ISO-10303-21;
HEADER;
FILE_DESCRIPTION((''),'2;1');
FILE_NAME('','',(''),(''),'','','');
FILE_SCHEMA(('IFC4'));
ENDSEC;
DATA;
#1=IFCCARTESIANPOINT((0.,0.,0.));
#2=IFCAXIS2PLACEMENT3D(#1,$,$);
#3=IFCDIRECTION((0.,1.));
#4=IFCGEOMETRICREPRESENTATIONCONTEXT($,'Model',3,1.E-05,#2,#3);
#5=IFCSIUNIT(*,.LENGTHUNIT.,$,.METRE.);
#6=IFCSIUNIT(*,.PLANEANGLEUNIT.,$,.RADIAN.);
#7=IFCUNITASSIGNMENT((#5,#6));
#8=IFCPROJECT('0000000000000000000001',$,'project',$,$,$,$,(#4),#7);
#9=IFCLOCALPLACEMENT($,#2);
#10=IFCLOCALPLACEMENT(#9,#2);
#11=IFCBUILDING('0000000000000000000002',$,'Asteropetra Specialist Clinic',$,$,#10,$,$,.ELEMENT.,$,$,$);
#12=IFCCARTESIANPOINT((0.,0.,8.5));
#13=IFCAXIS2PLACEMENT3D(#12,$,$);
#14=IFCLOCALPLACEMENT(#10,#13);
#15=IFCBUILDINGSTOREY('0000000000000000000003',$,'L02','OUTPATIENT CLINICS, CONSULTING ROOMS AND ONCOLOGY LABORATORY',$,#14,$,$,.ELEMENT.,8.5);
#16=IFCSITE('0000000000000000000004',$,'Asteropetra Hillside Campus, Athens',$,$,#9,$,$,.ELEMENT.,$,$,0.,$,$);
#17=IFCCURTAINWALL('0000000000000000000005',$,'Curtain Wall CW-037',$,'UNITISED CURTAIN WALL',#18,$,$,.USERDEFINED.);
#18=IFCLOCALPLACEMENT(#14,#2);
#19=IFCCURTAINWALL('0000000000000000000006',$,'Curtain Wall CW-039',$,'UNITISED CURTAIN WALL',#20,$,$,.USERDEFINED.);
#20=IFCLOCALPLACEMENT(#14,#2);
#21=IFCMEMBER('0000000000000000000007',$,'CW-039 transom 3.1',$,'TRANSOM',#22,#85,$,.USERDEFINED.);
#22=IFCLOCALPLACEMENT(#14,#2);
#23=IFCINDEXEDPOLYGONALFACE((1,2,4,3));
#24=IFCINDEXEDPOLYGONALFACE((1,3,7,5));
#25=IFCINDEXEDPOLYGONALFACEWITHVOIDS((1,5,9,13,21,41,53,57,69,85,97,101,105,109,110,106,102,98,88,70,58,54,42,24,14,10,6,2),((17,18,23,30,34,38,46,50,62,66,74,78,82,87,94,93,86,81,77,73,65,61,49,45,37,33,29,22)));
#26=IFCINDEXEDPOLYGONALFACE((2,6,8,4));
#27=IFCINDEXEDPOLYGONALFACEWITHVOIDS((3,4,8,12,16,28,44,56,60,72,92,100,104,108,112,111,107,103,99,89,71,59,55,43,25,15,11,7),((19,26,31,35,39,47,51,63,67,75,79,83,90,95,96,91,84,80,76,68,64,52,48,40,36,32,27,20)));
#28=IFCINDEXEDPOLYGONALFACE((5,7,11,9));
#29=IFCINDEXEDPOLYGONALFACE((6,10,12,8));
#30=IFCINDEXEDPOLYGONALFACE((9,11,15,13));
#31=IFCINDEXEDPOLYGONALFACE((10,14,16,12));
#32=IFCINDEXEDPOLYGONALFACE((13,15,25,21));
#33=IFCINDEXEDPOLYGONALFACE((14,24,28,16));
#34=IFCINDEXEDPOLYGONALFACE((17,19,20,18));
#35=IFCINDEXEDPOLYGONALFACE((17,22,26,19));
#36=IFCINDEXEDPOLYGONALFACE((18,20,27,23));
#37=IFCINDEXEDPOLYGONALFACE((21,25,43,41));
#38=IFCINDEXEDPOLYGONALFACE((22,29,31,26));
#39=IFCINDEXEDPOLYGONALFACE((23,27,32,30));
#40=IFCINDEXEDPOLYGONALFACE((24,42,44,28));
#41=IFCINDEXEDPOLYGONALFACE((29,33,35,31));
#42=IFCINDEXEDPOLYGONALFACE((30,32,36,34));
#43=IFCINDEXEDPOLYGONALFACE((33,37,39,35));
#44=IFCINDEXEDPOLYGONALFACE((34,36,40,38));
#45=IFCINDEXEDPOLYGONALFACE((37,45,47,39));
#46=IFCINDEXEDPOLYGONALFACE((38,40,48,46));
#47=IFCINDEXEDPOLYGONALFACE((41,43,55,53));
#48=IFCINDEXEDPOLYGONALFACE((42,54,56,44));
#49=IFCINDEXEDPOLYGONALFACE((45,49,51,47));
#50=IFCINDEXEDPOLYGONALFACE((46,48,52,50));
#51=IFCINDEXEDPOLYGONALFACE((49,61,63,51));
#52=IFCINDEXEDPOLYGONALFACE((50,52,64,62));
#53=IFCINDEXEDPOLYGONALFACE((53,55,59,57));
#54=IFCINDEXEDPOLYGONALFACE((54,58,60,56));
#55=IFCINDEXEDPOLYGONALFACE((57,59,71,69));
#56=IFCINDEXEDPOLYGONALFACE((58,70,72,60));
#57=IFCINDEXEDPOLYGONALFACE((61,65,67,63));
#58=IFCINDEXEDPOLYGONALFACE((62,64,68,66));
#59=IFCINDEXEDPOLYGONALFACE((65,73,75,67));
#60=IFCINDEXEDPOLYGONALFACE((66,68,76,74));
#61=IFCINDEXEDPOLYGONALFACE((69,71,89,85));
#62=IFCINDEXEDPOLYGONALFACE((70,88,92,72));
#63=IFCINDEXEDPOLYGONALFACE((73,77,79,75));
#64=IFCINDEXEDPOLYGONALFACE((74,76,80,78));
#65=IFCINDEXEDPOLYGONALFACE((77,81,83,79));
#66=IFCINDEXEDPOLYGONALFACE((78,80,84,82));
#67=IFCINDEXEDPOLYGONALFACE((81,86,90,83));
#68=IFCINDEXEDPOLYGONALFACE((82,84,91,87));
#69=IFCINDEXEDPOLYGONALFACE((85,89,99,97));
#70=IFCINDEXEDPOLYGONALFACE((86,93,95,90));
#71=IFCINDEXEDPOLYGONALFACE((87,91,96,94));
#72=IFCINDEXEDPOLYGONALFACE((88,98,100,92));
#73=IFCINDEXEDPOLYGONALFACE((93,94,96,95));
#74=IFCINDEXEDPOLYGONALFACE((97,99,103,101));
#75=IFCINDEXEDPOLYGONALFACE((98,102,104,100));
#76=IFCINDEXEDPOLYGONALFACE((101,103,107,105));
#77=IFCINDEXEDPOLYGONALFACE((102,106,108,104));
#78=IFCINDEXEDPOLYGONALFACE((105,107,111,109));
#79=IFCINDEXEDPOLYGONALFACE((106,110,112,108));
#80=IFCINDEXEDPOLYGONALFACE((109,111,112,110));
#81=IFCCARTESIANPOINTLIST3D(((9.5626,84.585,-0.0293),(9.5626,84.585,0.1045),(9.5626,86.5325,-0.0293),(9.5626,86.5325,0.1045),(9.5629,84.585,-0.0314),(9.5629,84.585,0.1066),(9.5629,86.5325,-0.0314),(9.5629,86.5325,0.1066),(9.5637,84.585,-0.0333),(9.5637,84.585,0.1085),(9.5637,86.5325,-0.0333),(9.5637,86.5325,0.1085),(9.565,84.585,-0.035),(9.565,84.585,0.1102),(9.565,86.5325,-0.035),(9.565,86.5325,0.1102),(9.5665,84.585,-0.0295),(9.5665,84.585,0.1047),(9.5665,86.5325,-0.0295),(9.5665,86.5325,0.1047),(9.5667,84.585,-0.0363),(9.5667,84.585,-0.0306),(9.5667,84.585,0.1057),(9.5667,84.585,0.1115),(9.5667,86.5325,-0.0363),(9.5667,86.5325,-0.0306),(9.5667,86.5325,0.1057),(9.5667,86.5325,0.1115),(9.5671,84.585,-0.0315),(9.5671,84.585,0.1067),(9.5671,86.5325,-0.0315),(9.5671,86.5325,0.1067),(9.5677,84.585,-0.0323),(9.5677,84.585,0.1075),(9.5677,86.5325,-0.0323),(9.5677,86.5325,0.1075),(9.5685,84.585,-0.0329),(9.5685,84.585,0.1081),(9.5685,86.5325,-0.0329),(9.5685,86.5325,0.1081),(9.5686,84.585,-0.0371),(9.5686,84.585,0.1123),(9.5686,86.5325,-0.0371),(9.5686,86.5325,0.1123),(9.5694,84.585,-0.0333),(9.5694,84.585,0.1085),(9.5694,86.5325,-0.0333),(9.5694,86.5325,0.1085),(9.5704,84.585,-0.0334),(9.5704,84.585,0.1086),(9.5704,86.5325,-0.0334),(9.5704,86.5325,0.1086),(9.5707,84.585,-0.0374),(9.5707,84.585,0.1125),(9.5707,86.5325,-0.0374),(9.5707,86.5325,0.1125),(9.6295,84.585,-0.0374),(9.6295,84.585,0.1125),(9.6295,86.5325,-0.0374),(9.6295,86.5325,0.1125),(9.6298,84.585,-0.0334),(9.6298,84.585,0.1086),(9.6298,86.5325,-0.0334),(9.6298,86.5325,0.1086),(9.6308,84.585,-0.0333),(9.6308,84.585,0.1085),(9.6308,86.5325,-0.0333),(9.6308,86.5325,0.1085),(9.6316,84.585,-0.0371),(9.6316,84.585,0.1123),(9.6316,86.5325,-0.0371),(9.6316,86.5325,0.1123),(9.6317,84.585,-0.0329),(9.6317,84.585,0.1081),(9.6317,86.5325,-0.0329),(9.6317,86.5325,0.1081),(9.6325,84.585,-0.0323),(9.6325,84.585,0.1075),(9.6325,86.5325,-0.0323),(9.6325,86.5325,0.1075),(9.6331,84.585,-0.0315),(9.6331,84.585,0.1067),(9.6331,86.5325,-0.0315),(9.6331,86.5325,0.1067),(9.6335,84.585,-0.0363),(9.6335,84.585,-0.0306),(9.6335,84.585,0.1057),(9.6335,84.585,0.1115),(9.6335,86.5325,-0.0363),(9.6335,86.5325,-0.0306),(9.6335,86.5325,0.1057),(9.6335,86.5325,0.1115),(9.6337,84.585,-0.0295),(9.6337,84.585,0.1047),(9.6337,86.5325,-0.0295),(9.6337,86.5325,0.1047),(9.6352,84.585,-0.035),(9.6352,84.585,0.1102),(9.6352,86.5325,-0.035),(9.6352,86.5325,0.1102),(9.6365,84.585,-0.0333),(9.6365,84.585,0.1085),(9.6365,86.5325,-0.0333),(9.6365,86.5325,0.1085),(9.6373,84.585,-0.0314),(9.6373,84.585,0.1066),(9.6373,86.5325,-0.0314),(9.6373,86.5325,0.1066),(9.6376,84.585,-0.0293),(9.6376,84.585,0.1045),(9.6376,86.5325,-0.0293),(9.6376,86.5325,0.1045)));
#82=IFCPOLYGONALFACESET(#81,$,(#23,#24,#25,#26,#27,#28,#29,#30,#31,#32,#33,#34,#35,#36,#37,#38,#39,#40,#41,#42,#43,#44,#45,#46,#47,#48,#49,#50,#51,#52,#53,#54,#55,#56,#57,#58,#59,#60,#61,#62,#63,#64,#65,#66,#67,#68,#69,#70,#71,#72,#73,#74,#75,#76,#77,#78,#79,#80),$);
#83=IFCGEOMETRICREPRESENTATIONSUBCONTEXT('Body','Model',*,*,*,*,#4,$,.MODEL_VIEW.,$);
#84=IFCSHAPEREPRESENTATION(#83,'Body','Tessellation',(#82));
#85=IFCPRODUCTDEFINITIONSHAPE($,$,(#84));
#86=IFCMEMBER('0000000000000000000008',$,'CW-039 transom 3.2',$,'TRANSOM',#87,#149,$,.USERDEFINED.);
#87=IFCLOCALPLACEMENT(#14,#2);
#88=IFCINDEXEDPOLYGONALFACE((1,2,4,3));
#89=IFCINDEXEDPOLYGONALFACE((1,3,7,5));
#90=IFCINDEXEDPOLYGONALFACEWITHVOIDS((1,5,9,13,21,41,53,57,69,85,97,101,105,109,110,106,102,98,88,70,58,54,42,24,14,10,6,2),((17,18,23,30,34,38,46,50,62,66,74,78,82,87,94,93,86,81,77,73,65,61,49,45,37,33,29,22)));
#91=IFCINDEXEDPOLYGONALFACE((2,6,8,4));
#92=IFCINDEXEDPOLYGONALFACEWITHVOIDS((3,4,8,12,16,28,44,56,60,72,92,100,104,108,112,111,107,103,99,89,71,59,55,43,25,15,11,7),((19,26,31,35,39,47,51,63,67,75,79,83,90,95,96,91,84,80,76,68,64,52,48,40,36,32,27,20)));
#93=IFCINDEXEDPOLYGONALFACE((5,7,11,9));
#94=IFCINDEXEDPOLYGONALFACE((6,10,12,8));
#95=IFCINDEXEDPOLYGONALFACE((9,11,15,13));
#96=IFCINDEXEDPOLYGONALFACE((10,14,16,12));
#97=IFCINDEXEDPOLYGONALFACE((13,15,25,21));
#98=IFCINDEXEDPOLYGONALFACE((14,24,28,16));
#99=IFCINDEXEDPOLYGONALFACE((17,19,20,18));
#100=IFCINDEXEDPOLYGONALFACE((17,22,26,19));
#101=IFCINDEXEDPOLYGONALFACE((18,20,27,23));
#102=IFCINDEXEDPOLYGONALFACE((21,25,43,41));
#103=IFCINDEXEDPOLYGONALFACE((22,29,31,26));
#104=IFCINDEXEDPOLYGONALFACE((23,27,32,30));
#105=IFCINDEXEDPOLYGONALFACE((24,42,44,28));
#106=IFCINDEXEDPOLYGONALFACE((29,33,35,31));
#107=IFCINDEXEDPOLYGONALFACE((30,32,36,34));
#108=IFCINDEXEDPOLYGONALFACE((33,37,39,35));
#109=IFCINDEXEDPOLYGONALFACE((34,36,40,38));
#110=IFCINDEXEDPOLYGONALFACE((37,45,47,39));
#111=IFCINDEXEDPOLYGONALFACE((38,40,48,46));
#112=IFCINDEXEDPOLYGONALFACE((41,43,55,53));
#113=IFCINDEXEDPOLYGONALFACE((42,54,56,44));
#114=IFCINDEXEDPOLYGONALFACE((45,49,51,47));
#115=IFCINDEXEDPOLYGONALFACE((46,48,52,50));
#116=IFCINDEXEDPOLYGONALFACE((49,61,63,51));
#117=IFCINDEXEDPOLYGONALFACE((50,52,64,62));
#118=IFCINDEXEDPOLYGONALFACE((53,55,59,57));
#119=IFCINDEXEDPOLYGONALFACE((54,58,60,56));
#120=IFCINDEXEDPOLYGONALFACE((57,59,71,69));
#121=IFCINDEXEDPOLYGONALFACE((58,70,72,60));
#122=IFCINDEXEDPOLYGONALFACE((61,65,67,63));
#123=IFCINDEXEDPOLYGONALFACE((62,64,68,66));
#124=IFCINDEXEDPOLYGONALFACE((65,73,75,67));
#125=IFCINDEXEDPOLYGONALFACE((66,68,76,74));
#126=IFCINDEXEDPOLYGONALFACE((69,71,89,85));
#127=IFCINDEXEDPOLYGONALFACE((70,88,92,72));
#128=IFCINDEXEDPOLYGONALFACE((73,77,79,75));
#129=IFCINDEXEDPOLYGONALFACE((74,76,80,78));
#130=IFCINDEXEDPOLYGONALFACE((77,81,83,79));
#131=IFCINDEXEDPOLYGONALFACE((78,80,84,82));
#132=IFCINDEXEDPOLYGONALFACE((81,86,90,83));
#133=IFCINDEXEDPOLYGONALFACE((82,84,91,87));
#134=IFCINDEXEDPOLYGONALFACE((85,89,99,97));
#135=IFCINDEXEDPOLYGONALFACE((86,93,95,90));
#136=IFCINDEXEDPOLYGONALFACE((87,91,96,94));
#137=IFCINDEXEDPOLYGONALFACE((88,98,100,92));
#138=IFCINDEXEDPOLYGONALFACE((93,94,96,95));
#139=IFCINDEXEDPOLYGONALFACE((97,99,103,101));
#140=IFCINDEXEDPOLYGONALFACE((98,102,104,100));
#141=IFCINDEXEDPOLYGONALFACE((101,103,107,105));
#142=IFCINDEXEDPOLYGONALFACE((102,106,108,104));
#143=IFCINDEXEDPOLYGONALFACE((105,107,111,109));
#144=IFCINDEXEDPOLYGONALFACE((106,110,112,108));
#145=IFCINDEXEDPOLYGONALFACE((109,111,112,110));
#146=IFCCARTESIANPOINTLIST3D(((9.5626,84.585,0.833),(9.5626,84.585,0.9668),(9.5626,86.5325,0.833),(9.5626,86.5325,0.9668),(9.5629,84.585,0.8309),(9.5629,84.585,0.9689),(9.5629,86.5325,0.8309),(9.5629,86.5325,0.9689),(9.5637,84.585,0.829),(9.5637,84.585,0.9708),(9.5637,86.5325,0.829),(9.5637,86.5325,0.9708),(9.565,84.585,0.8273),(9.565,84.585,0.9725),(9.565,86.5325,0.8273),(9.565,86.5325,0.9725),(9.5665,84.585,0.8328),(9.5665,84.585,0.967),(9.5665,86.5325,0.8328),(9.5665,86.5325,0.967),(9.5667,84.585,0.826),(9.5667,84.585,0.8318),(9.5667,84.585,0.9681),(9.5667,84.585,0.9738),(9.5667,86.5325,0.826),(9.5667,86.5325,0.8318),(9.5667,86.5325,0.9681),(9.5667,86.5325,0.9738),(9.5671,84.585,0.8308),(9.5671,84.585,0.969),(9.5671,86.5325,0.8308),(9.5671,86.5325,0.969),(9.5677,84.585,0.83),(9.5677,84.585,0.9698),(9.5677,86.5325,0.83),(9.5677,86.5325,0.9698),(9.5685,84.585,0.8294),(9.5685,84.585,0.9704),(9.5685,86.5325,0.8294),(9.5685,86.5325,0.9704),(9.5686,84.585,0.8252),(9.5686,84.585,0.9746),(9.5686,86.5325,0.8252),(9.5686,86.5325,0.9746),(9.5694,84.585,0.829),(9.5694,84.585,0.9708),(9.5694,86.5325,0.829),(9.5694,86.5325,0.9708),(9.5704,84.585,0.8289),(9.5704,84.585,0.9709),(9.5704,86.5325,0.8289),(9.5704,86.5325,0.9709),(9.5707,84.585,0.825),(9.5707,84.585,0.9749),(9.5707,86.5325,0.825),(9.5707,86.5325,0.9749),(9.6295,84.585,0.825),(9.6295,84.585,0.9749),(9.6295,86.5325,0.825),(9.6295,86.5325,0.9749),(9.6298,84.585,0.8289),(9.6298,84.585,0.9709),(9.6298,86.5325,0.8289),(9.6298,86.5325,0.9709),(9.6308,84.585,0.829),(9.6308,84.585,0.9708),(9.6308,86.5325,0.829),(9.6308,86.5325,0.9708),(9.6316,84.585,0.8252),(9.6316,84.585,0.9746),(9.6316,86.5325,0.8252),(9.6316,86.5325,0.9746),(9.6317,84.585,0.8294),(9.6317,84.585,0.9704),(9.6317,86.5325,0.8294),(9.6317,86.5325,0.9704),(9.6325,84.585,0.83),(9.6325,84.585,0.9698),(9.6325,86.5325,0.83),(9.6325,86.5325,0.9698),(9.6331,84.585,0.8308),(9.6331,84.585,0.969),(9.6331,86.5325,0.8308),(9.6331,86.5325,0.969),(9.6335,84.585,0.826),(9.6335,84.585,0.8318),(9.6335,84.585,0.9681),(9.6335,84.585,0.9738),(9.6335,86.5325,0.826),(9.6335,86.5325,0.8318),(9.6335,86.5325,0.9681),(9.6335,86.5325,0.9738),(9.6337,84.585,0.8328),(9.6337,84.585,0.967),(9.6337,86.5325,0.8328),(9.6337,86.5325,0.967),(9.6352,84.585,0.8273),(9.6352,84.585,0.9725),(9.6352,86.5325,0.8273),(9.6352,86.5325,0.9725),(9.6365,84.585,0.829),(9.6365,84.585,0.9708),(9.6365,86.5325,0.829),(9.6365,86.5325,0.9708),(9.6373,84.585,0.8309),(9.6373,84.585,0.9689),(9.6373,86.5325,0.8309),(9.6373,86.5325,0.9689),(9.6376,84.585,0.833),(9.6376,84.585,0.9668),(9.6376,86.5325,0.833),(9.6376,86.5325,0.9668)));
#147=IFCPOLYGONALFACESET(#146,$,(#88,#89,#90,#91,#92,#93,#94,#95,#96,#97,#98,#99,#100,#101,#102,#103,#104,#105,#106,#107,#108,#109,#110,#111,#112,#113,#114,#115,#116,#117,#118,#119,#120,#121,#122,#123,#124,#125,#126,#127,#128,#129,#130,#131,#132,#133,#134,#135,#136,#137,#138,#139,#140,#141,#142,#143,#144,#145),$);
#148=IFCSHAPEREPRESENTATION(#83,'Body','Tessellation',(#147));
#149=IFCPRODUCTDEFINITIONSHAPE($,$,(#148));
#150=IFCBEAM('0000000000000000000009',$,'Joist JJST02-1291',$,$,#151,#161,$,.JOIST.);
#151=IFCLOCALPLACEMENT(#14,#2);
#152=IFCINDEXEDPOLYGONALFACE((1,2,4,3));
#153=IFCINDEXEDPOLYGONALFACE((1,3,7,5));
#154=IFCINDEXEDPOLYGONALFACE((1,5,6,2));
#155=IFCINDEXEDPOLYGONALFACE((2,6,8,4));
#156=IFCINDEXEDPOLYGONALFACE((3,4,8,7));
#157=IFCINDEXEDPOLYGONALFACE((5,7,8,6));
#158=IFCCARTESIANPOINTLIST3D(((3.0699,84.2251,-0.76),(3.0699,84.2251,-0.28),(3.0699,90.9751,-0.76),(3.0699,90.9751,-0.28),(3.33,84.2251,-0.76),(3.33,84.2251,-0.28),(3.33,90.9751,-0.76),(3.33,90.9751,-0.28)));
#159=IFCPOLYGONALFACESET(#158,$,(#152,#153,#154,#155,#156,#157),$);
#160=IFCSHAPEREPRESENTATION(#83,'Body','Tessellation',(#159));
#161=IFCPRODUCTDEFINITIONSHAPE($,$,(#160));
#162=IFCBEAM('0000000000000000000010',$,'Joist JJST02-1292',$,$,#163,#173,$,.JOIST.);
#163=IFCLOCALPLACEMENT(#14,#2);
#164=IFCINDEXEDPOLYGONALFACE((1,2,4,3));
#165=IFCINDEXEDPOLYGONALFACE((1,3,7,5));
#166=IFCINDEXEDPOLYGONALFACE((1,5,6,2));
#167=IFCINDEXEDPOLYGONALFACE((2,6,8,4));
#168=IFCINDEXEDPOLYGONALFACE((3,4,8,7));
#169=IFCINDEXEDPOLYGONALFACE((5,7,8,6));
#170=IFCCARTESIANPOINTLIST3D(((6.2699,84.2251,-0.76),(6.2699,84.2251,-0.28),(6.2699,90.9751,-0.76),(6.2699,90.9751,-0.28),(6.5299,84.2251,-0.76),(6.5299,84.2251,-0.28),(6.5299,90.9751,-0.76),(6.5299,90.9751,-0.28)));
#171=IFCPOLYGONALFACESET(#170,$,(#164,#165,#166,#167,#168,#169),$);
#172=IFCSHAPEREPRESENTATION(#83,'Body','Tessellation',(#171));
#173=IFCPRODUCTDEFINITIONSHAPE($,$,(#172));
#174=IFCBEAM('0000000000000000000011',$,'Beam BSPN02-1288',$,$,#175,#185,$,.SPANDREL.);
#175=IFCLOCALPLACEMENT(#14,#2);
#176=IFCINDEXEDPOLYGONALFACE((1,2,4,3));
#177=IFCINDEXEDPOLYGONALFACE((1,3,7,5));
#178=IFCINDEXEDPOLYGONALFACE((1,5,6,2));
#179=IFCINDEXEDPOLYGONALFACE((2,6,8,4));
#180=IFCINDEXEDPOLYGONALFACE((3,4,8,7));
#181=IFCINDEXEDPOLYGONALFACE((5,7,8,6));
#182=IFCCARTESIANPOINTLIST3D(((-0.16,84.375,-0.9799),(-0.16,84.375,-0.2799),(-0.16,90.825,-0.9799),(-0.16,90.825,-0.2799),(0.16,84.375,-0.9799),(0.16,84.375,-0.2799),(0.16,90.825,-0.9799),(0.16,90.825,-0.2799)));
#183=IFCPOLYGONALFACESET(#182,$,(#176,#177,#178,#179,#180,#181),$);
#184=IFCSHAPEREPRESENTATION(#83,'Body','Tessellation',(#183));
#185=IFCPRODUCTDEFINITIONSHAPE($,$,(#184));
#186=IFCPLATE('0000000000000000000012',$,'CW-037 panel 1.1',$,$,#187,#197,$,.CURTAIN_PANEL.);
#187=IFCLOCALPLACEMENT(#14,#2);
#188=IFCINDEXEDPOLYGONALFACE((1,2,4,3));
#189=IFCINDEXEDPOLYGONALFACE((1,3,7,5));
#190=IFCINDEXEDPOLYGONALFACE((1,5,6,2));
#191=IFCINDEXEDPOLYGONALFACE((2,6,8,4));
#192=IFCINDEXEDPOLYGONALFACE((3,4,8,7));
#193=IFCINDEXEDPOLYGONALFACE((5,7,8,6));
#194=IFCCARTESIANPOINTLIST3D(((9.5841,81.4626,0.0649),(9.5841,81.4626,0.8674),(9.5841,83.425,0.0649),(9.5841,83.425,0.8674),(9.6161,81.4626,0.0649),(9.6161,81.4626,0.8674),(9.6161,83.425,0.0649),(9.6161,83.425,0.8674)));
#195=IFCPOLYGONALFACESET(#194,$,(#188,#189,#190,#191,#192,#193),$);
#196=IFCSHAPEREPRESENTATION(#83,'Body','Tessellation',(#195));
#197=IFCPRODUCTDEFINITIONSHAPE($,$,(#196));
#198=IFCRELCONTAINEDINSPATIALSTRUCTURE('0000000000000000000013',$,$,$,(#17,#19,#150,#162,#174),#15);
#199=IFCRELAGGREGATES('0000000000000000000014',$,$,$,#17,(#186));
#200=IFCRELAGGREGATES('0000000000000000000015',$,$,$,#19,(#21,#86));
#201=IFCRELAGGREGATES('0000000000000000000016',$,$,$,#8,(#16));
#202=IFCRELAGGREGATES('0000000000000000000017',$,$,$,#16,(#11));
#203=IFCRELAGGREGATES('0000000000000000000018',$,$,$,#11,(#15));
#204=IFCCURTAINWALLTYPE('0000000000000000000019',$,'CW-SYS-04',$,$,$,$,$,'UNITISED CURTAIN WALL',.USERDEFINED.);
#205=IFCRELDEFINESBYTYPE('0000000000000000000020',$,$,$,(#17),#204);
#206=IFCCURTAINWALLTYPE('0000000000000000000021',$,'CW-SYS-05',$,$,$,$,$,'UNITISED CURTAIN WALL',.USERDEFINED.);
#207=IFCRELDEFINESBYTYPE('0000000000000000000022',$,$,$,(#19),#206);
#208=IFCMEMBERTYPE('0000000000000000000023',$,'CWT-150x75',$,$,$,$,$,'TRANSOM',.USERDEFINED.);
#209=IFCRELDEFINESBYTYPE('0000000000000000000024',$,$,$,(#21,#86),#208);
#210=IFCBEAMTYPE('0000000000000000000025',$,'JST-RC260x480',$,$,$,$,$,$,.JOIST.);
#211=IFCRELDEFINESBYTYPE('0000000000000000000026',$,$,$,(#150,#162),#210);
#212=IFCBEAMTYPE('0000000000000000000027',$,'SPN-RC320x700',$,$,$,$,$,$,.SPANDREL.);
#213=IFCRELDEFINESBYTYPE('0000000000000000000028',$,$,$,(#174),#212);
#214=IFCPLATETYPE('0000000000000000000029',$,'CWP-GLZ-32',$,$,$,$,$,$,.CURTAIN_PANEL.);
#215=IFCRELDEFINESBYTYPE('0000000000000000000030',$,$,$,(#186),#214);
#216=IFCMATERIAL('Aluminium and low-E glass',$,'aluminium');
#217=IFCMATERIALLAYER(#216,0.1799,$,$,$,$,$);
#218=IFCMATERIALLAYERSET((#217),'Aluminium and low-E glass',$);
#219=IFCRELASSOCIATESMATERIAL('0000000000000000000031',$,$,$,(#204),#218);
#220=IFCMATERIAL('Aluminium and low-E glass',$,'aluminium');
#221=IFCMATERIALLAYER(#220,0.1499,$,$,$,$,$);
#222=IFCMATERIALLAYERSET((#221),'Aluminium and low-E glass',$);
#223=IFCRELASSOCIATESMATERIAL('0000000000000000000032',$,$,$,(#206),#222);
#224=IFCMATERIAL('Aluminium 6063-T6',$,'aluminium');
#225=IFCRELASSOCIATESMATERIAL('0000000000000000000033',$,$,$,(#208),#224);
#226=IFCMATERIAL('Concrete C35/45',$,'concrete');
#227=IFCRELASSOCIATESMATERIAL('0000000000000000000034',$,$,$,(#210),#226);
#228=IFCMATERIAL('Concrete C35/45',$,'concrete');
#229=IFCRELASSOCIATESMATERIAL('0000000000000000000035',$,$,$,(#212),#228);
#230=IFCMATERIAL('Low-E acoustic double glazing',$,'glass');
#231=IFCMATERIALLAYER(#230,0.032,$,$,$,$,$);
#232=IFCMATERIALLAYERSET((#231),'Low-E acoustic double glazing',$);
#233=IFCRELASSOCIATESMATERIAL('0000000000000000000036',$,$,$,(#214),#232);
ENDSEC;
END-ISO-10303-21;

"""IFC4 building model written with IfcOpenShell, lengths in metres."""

from ifc_helpers import new_model, si_unit, direction, frame, origin, origin_2d, place, context, subcontext, project, spatial, rectangle, hollow_rectangle, extrude, material, layer, layer_set, material_profile, profile_set, type_object, element, aggregate, save


model = new_model("IFC4")

# Units and contexts
model_context = context("Model", 3, precision=1e-05, world=origin(), true_north=direction((0.0, 1.0)))
body_context = subcontext(model_context, "Body", "Model", "MODEL_VIEW")
ifc_project = project(units=[si_unit("LENGTHUNIT", "METRE"), si_unit("PLANEANGLEUNIT", "RADIAN")], contexts=[model_context])

# Site, building, storey
site_placement = place(None, origin())
site = spatial("IfcSite", under=ifc_project, at=site_placement, Name="Asteropetra Hillside Campus, Athens", CompositionType="ELEMENT", RefElevation=0.0)
building_placement = place(site_placement, origin())
building = spatial("IfcBuilding", under=site, at=building_placement, Name="Asteropetra Specialist Clinic", CompositionType="ELEMENT")
storey_placement = place(building_placement, frame((0.0, 0.0, 8.5)))
storey = spatial("IfcBuildingStorey", under=building, at=storey_placement, Name="L02", Description="OUTPATIENT CLINICS, CONSULTING ROOMS AND ONCOLOGY LABORATORY", CompositionType="ELEMENT", Elevation=8.5)

# Curtain wall
ifc_material_1 = material(Name="Aluminium and low-E glass", Category="aluminium")
ifc_layer_1 = layer(ifc_material_1, 0.1799)
ifc_layer_set_1 = layer_set([ifc_layer_1], Name="Aluminium and low-E glass")
curtain_wall_type_1 = type_object("IfcCurtainWallType", Name="CW-SYS-04", ElementType="UNITISED CURTAIN WALL", PredefinedType="USERDEFINED", material=ifc_layer_set_1)
curtain_wall_1_placement = place(storey_placement, origin())
curtain_wall_1 = element("IfcCurtainWall", 1, at=curtain_wall_1_placement, inside=storey, type_object=curtain_wall_type_1, Name="Curtain Wall CW-037", ObjectType="UNITISED CURTAIN WALL", PredefinedType="USERDEFINED")

# Curtain wall
ifc_material_2 = material(Name="Aluminium and low-E glass", Category="aluminium")
ifc_layer_2 = layer(ifc_material_2, 0.1499)
ifc_layer_set_2 = layer_set([ifc_layer_2], Name="Aluminium and low-E glass")
curtain_wall_type_2 = type_object("IfcCurtainWallType", Name="CW-SYS-05", ElementType="UNITISED CURTAIN WALL", PredefinedType="USERDEFINED", material=ifc_layer_set_2)
curtain_wall_2_placement = place(storey_placement, origin())
curtain_wall_2 = element("IfcCurtainWall", 2, at=curtain_wall_2_placement, inside=storey, type_object=curtain_wall_type_2, Name="Curtain Wall CW-039", ObjectType="UNITISED CURTAIN WALL", PredefinedType="USERDEFINED")

# Members
ifc_material_3 = material(Name="Aluminium 6063-T6", Category="aluminium")
ifc_material_profile_1 = material_profile(ifc_material_3, hollow_rectangle(XDim=0.075, YDim=0.1499, WallThickness=0.0039, InnerFilletRadius=0.0039, OuterFilletRadius=0.0081, at=origin_2d()), Name="TRN 150x75x4.0")
ifc_profile_set_1 = profile_set([ifc_material_profile_1], Name="Aluminium 6063-T6")
member_type_1 = type_object("IfcMemberType", Name="CWT-150x75", ElementType="TRANSOM", PredefinedType="USERDEFINED", material=ifc_profile_set_1)
member_1_placement = place(storey_placement, frame((9.6001, 86.5325, 0.0376), z_axis=(0.0, -1.0, 0.0), x_axis=(1.0, 0.0, 0.0)))
member_1 = element("IfcMember", 3, at=member_1_placement, type_object=member_type_1, Name="CW-039 transom 3.1", ObjectType="TRANSOM", PredefinedType="USERDEFINED", context=body_context, shape_type="SweptSolid", body=[
    extrude(hollow_rectangle(XDim=0.075, YDim=0.1499, WallThickness=0.0039, InnerFilletRadius=0.0039, OuterFilletRadius=0.0081, at=origin_2d()), origin(), (0.0, 0.0, 1.0), 1.9475),
])
member_2_placement = place(storey_placement, frame((9.6001, 86.5325, 0.8999), z_axis=(0.0, -1.0, 0.0), x_axis=(1.0, 0.0, 0.0)))
member_2 = element("IfcMember", 4, at=member_2_placement, type_object=member_type_1, Name="CW-039 transom 3.2", ObjectType="TRANSOM", PredefinedType="USERDEFINED", context=body_context, shape_type="SweptSolid", body=[
    extrude(hollow_rectangle(XDim=0.075, YDim=0.1499, WallThickness=0.0039, InnerFilletRadius=0.0039, OuterFilletRadius=0.0081, at=origin_2d()), origin(), (0.0, 0.0, 1.0), 1.9475),
])

# Beams
ifc_material_4 = material(Name="Concrete C35/45", Category="concrete")
ifc_material_profile_2 = material_profile(ifc_material_4, rectangle(XDim=0.26, YDim=0.48, at=origin_2d()), Name="RCJ 260x480")
ifc_profile_set_2 = profile_set([ifc_material_profile_2], Name="Concrete C35/45")
beam_type_1 = type_object("IfcBeamType", Name="JST-RC260x480", PredefinedType="JOIST", material=ifc_profile_set_2)
for number, where, z_axis, x_axis, name in (
    (5, (3.2, 84.2251, -0.52), (0.0, 1.0, 0.0), (-1.0, 0.0, 0.0), "Joist JJST02-1291"),
    (6, (6.3999, 84.2251, -0.52), (0.0, 1.0, 0.0), (-1.0, 0.0, 0.0), "Joist JJST02-1292"),
):
    element("IfcBeam", number, at=place(storey_placement, frame(where, z_axis=z_axis, x_axis=x_axis)), inside=storey, type_object=beam_type_1, Name=name, PredefinedType="JOIST", context=body_context, shape_type="SweptSolid", body=[
        extrude(rectangle(XDim=0.26, YDim=0.48, at=origin_2d()), origin(), (0.0, 0.0, 1.0), 6.75),
    ])
ifc_material_5 = material(Name="Concrete C35/45", Category="concrete")
ifc_material_profile_3 = material_profile(ifc_material_5, rectangle(XDim=0.3201, YDim=0.7, at=origin_2d()), Name="RCS 320x700")
ifc_profile_set_3 = profile_set([ifc_material_profile_3], Name="Concrete C35/45")
beam_type_2 = type_object("IfcBeamType", Name="SPN-RC320x700", PredefinedType="SPANDREL", material=ifc_profile_set_3)
beam_1_placement = place(storey_placement, frame((0.0, 84.375, -0.6299), z_axis=(0.0, 1.0, 0.0), x_axis=(-1.0, 0.0, 0.0)))
element("IfcBeam", 7, at=beam_1_placement, inside=storey, type_object=beam_type_2, Name="Beam BSPN02-1288", PredefinedType="SPANDREL", context=body_context, shape_type="SweptSolid", body=[
    extrude(rectangle(XDim=0.3201, YDim=0.7, at=origin_2d()), origin(), (0.0, 0.0, 1.0), 6.45),
])

# Plate
ifc_material_6 = material(Name="Low-E acoustic double glazing", Category="glass")
ifc_layer_3 = layer(ifc_material_6, 0.032)
ifc_layer_set_3 = layer_set([ifc_layer_3], Name="Low-E acoustic double glazing")
plate_type_1 = type_object("IfcPlateType", Name="CWP-GLZ-32", PredefinedType="CURTAIN_PANEL", material=ifc_layer_set_3)
plate_1_placement = place(storey_placement, frame((9.6001, 82.4438, 0.0649), z_axis=(0.0, 0.0, 1.0), x_axis=(0.0, -1.0, 0.0)))
plate_1 = element("IfcPlate", 8, at=plate_1_placement, type_object=plate_type_1, Name="CW-037 panel 1.1", PredefinedType="CURTAIN_PANEL", context=body_context, shape_type="SweptSolid", body=[
    extrude(rectangle(XDim=1.9624, YDim=0.032, at=origin_2d()), origin(), (0.0, 0.0, 1.0), 0.8025),
])
aggregate(curtain_wall_1, [plate_1])
aggregate(curtain_wall_2, [member_1, member_2])

save(model, "model.ifc")
